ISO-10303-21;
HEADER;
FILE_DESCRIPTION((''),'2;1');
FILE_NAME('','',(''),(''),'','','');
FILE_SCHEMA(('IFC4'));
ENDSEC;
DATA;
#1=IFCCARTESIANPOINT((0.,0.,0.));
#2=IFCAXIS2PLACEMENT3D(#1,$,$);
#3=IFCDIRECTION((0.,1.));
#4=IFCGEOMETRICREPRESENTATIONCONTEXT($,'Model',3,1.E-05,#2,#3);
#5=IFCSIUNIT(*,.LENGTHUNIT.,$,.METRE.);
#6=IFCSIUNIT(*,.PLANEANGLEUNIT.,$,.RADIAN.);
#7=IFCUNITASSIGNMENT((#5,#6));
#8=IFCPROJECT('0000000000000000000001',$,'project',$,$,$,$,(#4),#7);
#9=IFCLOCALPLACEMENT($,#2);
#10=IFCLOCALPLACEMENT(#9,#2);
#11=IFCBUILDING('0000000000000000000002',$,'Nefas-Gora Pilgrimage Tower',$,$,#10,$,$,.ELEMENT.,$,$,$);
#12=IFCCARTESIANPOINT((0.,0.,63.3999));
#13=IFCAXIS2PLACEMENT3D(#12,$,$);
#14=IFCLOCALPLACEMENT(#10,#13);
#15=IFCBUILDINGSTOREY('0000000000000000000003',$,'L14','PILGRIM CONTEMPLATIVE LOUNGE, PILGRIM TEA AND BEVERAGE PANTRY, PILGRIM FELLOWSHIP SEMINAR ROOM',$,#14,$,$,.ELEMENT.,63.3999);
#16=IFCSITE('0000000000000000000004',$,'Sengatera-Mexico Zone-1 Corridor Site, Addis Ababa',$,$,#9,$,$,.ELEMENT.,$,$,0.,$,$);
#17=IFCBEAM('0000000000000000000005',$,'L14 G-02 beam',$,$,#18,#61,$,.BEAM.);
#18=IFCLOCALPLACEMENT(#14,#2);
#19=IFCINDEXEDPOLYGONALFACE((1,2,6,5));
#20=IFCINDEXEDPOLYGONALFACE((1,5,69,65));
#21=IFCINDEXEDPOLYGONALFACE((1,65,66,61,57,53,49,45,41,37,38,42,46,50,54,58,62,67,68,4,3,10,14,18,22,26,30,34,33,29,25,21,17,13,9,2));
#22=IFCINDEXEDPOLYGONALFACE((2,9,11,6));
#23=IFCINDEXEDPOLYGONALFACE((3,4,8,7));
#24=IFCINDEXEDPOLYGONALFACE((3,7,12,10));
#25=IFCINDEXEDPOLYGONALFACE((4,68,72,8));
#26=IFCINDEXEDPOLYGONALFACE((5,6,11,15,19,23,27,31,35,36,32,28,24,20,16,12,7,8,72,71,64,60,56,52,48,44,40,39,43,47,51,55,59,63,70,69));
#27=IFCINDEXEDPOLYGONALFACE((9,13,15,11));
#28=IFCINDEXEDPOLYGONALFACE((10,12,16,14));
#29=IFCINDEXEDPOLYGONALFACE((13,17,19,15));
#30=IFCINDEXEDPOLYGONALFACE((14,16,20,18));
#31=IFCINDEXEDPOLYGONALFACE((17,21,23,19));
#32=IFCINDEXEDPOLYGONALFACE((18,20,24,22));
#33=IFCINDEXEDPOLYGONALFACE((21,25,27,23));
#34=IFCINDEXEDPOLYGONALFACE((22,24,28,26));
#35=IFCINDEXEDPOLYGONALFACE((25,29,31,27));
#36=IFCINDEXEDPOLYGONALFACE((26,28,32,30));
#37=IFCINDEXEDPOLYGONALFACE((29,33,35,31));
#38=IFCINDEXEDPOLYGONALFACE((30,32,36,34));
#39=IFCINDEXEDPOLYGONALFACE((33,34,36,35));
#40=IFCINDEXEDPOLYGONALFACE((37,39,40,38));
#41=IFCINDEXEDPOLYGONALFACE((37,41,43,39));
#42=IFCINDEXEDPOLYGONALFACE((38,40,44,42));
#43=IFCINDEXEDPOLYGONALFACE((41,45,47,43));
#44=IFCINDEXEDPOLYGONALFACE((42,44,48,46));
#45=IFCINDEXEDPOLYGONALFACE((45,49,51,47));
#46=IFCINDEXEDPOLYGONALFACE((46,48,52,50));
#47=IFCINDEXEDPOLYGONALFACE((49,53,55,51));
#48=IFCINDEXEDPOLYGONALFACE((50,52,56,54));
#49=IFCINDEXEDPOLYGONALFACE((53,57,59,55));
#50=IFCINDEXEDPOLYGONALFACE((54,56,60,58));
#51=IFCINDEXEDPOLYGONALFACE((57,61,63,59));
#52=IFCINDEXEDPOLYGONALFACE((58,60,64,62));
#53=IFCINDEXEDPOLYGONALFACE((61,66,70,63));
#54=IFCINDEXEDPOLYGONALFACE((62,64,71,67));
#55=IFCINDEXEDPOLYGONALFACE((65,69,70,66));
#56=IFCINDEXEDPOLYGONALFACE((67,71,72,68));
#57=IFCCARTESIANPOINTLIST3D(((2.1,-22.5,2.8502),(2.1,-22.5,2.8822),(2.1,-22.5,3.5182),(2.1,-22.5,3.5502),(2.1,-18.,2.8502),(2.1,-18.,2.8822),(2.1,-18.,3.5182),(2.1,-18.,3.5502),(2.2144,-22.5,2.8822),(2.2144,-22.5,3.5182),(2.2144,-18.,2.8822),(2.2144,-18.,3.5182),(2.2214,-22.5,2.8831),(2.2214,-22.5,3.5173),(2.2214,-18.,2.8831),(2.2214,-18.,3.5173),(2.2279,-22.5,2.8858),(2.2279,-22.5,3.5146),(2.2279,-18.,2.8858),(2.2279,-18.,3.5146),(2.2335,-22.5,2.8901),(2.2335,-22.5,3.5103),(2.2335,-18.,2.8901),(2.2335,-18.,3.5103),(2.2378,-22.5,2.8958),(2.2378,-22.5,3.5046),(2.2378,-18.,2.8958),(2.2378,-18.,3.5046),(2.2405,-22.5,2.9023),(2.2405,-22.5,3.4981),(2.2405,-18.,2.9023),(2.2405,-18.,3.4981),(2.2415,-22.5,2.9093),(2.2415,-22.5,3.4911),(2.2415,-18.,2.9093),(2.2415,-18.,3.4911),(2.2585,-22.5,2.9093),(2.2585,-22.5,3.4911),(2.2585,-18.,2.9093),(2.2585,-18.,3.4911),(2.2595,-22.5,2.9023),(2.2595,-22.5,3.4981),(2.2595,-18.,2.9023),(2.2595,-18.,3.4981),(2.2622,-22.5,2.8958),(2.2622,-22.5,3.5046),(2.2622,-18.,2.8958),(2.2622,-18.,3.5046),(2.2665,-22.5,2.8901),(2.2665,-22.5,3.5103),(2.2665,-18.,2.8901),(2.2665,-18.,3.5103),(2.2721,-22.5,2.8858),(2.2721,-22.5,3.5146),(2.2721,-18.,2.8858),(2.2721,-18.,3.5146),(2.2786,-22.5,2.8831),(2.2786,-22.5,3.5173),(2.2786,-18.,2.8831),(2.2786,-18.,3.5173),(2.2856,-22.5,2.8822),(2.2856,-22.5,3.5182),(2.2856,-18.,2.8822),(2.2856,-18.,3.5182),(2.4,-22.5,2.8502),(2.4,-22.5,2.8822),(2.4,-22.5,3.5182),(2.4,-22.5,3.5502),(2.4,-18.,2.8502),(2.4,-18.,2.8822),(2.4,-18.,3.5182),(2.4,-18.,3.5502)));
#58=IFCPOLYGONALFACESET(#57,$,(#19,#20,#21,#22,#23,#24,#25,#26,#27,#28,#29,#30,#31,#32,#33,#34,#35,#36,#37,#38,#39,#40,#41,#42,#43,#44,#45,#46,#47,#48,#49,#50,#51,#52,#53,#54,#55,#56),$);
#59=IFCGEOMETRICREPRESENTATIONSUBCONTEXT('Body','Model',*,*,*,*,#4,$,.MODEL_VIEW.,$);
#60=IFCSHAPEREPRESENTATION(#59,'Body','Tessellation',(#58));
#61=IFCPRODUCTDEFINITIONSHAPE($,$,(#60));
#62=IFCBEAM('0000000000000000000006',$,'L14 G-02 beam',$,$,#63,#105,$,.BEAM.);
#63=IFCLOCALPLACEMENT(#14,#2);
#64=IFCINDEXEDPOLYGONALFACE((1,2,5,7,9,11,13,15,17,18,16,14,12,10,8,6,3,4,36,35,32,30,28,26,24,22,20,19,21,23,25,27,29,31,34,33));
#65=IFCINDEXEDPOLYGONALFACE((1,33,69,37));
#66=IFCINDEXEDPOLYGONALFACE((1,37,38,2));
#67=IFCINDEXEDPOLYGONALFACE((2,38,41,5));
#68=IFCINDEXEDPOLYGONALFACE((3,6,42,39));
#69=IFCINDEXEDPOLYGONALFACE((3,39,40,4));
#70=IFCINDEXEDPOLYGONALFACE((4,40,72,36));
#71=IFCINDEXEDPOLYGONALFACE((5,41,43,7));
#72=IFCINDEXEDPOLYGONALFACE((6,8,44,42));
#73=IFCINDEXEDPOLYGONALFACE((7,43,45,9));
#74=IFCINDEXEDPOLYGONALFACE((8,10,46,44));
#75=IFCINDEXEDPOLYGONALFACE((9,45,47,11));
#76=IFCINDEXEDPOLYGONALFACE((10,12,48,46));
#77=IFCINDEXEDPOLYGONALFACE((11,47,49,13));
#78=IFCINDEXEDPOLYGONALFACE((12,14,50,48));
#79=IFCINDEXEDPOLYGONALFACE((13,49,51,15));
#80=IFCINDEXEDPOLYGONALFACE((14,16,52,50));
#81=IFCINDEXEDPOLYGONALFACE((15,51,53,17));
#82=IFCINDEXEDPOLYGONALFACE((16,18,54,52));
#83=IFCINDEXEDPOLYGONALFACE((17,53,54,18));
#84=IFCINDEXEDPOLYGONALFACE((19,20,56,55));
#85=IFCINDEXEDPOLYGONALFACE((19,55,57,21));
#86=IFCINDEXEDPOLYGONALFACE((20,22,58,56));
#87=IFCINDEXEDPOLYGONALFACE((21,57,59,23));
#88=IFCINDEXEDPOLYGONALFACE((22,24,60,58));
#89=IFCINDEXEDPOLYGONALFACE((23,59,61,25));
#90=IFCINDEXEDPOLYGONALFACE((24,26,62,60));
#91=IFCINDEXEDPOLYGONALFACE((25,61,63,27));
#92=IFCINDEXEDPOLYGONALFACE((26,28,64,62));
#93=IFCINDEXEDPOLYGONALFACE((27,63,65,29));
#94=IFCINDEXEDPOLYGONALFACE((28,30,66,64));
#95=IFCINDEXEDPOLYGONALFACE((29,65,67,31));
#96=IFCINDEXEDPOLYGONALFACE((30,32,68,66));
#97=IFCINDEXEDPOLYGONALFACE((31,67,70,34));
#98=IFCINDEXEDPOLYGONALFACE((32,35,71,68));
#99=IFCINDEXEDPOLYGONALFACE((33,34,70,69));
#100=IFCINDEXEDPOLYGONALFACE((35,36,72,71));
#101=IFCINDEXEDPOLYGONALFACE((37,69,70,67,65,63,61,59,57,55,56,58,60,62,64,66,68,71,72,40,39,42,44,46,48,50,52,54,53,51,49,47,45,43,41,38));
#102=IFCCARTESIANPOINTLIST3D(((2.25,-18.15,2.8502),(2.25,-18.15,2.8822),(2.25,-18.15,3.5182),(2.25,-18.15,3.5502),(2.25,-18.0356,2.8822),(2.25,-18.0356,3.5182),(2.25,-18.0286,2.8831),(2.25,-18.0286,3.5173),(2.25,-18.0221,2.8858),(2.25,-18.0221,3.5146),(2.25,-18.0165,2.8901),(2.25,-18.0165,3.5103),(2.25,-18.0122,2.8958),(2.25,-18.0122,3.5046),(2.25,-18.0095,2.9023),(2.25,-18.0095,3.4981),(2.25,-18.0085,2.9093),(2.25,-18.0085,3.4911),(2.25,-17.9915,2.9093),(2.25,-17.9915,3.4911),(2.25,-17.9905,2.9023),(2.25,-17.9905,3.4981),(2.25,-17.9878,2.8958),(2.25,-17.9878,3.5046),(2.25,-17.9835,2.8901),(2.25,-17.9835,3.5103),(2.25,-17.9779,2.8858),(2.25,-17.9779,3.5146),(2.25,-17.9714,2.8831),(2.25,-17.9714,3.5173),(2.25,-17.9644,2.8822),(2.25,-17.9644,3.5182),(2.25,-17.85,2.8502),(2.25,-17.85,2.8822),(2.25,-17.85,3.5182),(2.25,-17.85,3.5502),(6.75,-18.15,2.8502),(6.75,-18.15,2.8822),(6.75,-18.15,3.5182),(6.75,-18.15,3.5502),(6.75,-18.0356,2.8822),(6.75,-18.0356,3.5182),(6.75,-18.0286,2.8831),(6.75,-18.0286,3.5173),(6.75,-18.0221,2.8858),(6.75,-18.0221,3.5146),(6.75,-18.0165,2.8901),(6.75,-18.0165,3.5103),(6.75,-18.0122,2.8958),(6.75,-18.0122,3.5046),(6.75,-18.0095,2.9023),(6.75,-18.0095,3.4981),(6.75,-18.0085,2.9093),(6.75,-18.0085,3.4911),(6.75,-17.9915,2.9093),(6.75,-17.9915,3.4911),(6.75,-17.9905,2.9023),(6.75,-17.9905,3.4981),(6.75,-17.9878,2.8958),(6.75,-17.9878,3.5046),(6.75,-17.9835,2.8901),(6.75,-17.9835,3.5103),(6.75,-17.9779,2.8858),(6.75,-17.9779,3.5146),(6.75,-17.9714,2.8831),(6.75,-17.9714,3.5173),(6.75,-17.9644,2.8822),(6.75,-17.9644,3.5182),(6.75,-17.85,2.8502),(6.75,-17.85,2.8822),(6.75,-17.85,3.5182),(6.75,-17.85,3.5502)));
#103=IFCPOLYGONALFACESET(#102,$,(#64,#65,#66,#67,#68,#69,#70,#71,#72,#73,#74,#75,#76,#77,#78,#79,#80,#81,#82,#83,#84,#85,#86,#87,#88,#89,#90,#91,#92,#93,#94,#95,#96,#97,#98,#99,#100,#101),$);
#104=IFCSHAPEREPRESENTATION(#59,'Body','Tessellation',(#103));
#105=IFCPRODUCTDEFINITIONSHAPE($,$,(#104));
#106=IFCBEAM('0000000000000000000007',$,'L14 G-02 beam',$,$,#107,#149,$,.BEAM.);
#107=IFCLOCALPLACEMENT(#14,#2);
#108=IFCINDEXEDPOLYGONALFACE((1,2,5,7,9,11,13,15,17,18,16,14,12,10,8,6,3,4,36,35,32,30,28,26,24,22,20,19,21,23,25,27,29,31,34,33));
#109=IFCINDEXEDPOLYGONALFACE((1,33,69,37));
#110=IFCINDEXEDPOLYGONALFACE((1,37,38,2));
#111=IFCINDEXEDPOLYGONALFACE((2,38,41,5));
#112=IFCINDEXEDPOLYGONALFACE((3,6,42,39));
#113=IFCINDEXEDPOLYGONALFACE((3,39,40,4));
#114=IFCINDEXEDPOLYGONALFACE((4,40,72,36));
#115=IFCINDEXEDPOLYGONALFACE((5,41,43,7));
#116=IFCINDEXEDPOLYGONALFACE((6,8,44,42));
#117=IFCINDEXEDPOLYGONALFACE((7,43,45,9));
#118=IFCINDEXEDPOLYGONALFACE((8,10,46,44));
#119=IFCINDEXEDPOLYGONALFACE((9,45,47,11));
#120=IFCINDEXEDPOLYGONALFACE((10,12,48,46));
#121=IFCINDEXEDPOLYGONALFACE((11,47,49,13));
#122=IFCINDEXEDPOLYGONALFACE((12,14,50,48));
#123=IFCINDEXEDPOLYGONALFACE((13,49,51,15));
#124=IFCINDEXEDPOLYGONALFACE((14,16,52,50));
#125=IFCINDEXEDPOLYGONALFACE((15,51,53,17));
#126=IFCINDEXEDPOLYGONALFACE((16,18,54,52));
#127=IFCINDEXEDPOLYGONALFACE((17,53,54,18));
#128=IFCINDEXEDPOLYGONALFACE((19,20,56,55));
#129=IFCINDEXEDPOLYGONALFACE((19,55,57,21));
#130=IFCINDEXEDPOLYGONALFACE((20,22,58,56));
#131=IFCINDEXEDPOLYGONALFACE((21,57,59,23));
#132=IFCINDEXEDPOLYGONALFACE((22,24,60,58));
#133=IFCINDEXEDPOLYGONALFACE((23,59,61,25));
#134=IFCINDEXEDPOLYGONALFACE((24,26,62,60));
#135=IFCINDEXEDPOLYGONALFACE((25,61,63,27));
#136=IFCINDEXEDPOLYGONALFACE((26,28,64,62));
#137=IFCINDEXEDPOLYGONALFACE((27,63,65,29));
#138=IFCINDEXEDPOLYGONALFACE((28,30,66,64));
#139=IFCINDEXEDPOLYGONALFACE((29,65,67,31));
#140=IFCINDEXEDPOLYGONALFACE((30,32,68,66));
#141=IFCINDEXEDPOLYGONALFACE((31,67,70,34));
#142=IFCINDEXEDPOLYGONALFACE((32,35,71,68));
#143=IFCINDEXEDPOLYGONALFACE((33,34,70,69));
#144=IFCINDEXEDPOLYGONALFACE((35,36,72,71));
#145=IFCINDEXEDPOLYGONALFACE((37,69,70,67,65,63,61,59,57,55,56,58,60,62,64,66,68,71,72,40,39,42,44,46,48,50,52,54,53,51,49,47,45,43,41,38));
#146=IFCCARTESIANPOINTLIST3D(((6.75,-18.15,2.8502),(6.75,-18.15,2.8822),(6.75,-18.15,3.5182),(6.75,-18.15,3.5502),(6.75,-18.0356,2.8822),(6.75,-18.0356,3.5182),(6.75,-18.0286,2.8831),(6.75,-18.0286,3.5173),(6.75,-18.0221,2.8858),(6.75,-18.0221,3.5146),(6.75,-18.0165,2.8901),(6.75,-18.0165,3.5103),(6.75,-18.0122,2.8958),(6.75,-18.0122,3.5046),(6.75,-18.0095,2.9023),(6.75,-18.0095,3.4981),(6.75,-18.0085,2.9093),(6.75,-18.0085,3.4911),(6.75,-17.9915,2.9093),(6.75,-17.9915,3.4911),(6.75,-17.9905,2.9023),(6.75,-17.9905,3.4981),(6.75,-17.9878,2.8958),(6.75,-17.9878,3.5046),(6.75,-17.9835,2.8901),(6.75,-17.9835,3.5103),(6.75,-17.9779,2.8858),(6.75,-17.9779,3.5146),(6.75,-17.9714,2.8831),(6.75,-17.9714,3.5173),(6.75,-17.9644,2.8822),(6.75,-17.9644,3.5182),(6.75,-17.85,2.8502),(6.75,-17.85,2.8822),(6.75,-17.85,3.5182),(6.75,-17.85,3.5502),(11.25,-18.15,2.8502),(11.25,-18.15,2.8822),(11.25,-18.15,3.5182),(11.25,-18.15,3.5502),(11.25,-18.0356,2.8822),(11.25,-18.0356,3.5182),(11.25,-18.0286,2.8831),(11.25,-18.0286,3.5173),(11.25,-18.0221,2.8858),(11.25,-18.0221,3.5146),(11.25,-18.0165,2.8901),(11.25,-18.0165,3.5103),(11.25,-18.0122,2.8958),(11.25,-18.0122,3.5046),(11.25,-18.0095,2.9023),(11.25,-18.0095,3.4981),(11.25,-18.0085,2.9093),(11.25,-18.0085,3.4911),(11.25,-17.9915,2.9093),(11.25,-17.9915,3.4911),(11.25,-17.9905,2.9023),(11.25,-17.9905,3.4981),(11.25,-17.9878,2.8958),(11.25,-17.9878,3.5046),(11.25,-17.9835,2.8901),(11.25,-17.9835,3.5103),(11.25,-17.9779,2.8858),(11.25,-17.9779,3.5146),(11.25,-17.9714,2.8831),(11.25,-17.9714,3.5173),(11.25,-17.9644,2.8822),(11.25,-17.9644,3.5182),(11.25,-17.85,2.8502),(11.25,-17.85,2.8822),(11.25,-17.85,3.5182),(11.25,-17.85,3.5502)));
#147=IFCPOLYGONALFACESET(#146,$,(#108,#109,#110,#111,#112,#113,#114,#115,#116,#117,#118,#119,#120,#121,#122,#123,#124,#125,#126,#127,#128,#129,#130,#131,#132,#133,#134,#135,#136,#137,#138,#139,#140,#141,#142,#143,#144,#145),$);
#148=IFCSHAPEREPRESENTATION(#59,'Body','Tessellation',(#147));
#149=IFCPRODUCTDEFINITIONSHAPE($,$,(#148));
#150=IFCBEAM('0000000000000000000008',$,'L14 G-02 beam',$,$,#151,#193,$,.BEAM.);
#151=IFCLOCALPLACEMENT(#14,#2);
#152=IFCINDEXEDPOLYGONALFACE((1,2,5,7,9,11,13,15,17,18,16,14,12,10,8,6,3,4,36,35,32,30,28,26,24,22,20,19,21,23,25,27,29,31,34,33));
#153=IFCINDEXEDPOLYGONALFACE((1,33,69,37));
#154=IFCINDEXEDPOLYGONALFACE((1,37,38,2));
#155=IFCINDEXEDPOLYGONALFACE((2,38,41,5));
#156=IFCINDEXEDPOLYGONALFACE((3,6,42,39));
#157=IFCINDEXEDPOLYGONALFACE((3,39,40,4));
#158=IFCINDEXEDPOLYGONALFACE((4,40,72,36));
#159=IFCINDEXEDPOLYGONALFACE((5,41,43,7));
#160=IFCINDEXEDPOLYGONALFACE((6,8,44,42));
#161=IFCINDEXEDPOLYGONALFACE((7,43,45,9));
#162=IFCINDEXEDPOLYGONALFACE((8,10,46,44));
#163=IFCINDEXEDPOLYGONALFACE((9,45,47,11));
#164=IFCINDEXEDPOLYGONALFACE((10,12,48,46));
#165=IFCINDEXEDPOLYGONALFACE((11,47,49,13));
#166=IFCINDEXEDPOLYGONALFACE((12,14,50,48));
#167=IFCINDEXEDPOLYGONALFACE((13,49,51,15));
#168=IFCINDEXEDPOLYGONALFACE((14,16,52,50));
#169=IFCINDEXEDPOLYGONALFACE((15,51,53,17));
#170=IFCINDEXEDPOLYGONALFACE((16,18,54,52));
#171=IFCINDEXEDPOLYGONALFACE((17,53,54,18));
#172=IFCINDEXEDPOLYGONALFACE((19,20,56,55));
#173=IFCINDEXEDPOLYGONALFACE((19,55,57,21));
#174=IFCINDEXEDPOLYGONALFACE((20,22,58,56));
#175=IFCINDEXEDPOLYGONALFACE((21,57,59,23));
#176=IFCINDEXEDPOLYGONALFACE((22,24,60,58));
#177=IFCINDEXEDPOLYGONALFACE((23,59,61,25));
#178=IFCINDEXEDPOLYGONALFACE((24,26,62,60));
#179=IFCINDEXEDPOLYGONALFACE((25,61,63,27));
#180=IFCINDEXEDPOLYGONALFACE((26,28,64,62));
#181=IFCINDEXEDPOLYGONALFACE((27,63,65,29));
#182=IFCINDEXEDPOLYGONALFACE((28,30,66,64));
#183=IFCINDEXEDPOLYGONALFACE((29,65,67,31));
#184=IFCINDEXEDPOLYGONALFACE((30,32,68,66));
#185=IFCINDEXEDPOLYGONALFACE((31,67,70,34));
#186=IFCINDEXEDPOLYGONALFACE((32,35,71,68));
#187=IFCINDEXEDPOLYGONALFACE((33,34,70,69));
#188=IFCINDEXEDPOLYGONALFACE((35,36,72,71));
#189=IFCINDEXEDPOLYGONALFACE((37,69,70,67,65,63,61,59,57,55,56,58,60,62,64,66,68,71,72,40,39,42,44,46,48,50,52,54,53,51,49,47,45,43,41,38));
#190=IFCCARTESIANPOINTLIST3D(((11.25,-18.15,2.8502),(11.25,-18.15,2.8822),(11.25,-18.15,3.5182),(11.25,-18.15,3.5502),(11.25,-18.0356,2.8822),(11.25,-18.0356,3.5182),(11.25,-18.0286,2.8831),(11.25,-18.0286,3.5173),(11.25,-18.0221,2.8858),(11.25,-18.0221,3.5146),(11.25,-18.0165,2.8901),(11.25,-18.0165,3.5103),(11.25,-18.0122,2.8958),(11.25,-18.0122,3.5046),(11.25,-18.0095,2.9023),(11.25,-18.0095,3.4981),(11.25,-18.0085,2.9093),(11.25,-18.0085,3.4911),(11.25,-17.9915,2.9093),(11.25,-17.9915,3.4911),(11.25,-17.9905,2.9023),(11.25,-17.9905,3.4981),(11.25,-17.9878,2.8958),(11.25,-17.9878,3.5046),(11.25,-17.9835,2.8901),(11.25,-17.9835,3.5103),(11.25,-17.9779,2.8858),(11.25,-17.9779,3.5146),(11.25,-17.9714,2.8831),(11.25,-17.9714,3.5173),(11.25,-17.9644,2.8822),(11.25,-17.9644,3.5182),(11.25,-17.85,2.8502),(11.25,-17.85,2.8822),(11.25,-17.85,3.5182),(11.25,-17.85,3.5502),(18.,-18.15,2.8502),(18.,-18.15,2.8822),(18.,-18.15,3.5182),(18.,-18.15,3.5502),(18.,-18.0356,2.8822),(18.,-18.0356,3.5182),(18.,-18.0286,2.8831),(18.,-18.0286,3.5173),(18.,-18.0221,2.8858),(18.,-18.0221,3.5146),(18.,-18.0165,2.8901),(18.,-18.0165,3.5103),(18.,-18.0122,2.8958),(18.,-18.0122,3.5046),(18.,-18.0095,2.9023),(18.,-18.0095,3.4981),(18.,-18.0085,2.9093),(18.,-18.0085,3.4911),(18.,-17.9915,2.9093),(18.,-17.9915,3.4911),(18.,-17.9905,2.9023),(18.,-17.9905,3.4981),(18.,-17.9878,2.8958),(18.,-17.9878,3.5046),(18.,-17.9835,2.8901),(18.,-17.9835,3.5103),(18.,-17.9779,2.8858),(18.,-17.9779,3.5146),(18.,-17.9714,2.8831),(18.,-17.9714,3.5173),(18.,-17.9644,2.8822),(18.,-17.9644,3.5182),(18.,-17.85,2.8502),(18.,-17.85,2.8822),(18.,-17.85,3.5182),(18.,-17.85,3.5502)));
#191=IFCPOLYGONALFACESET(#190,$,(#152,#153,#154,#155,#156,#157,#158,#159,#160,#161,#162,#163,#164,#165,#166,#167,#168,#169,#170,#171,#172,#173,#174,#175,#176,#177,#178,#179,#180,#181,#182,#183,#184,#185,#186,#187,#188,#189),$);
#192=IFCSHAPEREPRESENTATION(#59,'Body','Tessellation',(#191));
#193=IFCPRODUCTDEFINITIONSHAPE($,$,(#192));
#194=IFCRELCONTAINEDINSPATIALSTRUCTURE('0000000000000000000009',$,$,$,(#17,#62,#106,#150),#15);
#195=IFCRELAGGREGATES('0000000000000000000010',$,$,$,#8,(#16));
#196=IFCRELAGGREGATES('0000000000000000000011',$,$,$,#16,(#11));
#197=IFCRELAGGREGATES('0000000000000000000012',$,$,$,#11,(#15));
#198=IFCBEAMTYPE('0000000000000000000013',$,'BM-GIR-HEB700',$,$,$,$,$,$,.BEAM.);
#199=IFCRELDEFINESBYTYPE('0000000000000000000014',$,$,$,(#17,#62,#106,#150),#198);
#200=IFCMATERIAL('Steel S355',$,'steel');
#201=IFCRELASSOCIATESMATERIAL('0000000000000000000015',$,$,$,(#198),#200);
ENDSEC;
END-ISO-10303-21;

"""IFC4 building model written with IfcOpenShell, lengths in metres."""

from ifc_helpers import new_model, si_unit, direction, frame, origin, origin_2d, place, context, subcontext, project, spatial, i_section, extrude, source, transform, mapped, material, material_profile, profile_set, type_object, element, save


model = new_model("IFC4")

# Units and contexts
model_context = context("Model", 3, precision=1e-05, world=origin(), true_north=direction((0.0, 1.0)))
body_context = subcontext(model_context, "Body", "Model", "MODEL_VIEW")
ifc_project = project(units=[si_unit("LENGTHUNIT", "METRE"), si_unit("PLANEANGLEUNIT", "RADIAN")], contexts=[model_context])

# Site, building, storey
site_placement = place(None, origin())
site = spatial("IfcSite", under=ifc_project, at=site_placement, Name="Sengatera-Mexico Zone-1 Corridor Site, Addis Ababa", CompositionType="ELEMENT", RefElevation=0.0)
building_placement = place(site_placement, origin())
building = spatial("IfcBuilding", under=site, at=building_placement, Name="Nefas-Gora Pilgrimage Tower", CompositionType="ELEMENT")
storey_placement = place(building_placement, frame((0.0, 0.0, 63.3999)))
storey = spatial("IfcBuildingStorey", under=building, at=storey_placement, Name="L14", Description="PILGRIM CONTEMPLATIVE LOUNGE, PILGRIM TEA AND BEVERAGE PANTRY, PILGRIM FELLOWSHIP SEMINAR ROOM", CompositionType="ELEMENT", Elevation=63.3999)

# Beams
ifc_material_1 = material(Name="Steel S355", Category="steel")
ifc_material_profile_1 = material_profile(ifc_material_1, i_section(OverallWidth=0.3, OverallDepth=0.7, WebThickness=0.0171, FlangeThickness=0.032, FilletRadius=0.0271, at=origin_2d()), Name="HEB 700")
ifc_profile_set_1 = profile_set([ifc_material_profile_1], Name="Steel S355")
beam_type_1 = type_object("IfcBeamType", Name="BM-GIR-HEB700", PredefinedType="BEAM", material=ifc_profile_set_1)
shared_shape_1 = source(origin(), body_context, "Body", "SweptSolid", [
    extrude(i_section(OverallWidth=0.3, OverallDepth=0.7, WebThickness=0.0171, FlangeThickness=0.032, FilletRadius=0.0271, at=origin_2d()), origin(), (0.0, 0.0, 1.0), 4.5),
])
for number, where, z_axis, x_axis, name in (
    (1, (2.25, -22.5, 3.2002), (0.0, 1.0, 0.0), (-1.0, 0.0, 0.0), "L14 G-02 beam"),
    (2, (2.25, -18.0, 3.2002), (1.0, 0.0, 0.0), (0.0, 1.0, 0.0), "L14 G-02 beam"),
    (3, (6.75, -18.0, 3.2002), (1.0, 0.0, 0.0), (0.0, 1.0, 0.0), "L14 G-02 beam"),
):
    element("IfcBeam", number, at=place(storey_placement, frame(where, z_axis=z_axis, x_axis=x_axis)), inside=storey, type_object=beam_type_1, Name=name, PredefinedType="BEAM", context=body_context, shape_type="MappedRepresentation", body=[
        mapped(shared_shape_1, transform((0.0, 0.0, 0.0), x_axis=(1.0, 0.0, 0.0), y_axis=(0.0, 1.0, 0.0), z_axis=(0.0, 0.0, 1.0), scale=1.0)),
    ])
shared_shape_2 = source(origin(), body_context, "Body", "SweptSolid", [
    extrude(i_section(OverallWidth=0.3, OverallDepth=0.7, WebThickness=0.0171, FlangeThickness=0.032, FilletRadius=0.0271, at=origin_2d()), origin(), (0.0, 0.0, 1.0), 6.75),
])
beam_1_placement = place(storey_placement, frame((11.25, -18.0, 3.2002), z_axis=(1.0, 0.0, 0.0), x_axis=(0.0, 1.0, 0.0)))
element("IfcBeam", 4, at=beam_1_placement, inside=storey, type_object=beam_type_1, Name="L14 G-02 beam", PredefinedType="BEAM", context=body_context, shape_type="MappedRepresentation", body=[
    mapped(shared_shape_2, transform((0.0, 0.0, 0.0), x_axis=(1.0, 0.0, 0.0), y_axis=(0.0, 1.0, 0.0), z_axis=(0.0, 0.0, 1.0), scale=1.0)),
])

save(model, "model.ifc")
